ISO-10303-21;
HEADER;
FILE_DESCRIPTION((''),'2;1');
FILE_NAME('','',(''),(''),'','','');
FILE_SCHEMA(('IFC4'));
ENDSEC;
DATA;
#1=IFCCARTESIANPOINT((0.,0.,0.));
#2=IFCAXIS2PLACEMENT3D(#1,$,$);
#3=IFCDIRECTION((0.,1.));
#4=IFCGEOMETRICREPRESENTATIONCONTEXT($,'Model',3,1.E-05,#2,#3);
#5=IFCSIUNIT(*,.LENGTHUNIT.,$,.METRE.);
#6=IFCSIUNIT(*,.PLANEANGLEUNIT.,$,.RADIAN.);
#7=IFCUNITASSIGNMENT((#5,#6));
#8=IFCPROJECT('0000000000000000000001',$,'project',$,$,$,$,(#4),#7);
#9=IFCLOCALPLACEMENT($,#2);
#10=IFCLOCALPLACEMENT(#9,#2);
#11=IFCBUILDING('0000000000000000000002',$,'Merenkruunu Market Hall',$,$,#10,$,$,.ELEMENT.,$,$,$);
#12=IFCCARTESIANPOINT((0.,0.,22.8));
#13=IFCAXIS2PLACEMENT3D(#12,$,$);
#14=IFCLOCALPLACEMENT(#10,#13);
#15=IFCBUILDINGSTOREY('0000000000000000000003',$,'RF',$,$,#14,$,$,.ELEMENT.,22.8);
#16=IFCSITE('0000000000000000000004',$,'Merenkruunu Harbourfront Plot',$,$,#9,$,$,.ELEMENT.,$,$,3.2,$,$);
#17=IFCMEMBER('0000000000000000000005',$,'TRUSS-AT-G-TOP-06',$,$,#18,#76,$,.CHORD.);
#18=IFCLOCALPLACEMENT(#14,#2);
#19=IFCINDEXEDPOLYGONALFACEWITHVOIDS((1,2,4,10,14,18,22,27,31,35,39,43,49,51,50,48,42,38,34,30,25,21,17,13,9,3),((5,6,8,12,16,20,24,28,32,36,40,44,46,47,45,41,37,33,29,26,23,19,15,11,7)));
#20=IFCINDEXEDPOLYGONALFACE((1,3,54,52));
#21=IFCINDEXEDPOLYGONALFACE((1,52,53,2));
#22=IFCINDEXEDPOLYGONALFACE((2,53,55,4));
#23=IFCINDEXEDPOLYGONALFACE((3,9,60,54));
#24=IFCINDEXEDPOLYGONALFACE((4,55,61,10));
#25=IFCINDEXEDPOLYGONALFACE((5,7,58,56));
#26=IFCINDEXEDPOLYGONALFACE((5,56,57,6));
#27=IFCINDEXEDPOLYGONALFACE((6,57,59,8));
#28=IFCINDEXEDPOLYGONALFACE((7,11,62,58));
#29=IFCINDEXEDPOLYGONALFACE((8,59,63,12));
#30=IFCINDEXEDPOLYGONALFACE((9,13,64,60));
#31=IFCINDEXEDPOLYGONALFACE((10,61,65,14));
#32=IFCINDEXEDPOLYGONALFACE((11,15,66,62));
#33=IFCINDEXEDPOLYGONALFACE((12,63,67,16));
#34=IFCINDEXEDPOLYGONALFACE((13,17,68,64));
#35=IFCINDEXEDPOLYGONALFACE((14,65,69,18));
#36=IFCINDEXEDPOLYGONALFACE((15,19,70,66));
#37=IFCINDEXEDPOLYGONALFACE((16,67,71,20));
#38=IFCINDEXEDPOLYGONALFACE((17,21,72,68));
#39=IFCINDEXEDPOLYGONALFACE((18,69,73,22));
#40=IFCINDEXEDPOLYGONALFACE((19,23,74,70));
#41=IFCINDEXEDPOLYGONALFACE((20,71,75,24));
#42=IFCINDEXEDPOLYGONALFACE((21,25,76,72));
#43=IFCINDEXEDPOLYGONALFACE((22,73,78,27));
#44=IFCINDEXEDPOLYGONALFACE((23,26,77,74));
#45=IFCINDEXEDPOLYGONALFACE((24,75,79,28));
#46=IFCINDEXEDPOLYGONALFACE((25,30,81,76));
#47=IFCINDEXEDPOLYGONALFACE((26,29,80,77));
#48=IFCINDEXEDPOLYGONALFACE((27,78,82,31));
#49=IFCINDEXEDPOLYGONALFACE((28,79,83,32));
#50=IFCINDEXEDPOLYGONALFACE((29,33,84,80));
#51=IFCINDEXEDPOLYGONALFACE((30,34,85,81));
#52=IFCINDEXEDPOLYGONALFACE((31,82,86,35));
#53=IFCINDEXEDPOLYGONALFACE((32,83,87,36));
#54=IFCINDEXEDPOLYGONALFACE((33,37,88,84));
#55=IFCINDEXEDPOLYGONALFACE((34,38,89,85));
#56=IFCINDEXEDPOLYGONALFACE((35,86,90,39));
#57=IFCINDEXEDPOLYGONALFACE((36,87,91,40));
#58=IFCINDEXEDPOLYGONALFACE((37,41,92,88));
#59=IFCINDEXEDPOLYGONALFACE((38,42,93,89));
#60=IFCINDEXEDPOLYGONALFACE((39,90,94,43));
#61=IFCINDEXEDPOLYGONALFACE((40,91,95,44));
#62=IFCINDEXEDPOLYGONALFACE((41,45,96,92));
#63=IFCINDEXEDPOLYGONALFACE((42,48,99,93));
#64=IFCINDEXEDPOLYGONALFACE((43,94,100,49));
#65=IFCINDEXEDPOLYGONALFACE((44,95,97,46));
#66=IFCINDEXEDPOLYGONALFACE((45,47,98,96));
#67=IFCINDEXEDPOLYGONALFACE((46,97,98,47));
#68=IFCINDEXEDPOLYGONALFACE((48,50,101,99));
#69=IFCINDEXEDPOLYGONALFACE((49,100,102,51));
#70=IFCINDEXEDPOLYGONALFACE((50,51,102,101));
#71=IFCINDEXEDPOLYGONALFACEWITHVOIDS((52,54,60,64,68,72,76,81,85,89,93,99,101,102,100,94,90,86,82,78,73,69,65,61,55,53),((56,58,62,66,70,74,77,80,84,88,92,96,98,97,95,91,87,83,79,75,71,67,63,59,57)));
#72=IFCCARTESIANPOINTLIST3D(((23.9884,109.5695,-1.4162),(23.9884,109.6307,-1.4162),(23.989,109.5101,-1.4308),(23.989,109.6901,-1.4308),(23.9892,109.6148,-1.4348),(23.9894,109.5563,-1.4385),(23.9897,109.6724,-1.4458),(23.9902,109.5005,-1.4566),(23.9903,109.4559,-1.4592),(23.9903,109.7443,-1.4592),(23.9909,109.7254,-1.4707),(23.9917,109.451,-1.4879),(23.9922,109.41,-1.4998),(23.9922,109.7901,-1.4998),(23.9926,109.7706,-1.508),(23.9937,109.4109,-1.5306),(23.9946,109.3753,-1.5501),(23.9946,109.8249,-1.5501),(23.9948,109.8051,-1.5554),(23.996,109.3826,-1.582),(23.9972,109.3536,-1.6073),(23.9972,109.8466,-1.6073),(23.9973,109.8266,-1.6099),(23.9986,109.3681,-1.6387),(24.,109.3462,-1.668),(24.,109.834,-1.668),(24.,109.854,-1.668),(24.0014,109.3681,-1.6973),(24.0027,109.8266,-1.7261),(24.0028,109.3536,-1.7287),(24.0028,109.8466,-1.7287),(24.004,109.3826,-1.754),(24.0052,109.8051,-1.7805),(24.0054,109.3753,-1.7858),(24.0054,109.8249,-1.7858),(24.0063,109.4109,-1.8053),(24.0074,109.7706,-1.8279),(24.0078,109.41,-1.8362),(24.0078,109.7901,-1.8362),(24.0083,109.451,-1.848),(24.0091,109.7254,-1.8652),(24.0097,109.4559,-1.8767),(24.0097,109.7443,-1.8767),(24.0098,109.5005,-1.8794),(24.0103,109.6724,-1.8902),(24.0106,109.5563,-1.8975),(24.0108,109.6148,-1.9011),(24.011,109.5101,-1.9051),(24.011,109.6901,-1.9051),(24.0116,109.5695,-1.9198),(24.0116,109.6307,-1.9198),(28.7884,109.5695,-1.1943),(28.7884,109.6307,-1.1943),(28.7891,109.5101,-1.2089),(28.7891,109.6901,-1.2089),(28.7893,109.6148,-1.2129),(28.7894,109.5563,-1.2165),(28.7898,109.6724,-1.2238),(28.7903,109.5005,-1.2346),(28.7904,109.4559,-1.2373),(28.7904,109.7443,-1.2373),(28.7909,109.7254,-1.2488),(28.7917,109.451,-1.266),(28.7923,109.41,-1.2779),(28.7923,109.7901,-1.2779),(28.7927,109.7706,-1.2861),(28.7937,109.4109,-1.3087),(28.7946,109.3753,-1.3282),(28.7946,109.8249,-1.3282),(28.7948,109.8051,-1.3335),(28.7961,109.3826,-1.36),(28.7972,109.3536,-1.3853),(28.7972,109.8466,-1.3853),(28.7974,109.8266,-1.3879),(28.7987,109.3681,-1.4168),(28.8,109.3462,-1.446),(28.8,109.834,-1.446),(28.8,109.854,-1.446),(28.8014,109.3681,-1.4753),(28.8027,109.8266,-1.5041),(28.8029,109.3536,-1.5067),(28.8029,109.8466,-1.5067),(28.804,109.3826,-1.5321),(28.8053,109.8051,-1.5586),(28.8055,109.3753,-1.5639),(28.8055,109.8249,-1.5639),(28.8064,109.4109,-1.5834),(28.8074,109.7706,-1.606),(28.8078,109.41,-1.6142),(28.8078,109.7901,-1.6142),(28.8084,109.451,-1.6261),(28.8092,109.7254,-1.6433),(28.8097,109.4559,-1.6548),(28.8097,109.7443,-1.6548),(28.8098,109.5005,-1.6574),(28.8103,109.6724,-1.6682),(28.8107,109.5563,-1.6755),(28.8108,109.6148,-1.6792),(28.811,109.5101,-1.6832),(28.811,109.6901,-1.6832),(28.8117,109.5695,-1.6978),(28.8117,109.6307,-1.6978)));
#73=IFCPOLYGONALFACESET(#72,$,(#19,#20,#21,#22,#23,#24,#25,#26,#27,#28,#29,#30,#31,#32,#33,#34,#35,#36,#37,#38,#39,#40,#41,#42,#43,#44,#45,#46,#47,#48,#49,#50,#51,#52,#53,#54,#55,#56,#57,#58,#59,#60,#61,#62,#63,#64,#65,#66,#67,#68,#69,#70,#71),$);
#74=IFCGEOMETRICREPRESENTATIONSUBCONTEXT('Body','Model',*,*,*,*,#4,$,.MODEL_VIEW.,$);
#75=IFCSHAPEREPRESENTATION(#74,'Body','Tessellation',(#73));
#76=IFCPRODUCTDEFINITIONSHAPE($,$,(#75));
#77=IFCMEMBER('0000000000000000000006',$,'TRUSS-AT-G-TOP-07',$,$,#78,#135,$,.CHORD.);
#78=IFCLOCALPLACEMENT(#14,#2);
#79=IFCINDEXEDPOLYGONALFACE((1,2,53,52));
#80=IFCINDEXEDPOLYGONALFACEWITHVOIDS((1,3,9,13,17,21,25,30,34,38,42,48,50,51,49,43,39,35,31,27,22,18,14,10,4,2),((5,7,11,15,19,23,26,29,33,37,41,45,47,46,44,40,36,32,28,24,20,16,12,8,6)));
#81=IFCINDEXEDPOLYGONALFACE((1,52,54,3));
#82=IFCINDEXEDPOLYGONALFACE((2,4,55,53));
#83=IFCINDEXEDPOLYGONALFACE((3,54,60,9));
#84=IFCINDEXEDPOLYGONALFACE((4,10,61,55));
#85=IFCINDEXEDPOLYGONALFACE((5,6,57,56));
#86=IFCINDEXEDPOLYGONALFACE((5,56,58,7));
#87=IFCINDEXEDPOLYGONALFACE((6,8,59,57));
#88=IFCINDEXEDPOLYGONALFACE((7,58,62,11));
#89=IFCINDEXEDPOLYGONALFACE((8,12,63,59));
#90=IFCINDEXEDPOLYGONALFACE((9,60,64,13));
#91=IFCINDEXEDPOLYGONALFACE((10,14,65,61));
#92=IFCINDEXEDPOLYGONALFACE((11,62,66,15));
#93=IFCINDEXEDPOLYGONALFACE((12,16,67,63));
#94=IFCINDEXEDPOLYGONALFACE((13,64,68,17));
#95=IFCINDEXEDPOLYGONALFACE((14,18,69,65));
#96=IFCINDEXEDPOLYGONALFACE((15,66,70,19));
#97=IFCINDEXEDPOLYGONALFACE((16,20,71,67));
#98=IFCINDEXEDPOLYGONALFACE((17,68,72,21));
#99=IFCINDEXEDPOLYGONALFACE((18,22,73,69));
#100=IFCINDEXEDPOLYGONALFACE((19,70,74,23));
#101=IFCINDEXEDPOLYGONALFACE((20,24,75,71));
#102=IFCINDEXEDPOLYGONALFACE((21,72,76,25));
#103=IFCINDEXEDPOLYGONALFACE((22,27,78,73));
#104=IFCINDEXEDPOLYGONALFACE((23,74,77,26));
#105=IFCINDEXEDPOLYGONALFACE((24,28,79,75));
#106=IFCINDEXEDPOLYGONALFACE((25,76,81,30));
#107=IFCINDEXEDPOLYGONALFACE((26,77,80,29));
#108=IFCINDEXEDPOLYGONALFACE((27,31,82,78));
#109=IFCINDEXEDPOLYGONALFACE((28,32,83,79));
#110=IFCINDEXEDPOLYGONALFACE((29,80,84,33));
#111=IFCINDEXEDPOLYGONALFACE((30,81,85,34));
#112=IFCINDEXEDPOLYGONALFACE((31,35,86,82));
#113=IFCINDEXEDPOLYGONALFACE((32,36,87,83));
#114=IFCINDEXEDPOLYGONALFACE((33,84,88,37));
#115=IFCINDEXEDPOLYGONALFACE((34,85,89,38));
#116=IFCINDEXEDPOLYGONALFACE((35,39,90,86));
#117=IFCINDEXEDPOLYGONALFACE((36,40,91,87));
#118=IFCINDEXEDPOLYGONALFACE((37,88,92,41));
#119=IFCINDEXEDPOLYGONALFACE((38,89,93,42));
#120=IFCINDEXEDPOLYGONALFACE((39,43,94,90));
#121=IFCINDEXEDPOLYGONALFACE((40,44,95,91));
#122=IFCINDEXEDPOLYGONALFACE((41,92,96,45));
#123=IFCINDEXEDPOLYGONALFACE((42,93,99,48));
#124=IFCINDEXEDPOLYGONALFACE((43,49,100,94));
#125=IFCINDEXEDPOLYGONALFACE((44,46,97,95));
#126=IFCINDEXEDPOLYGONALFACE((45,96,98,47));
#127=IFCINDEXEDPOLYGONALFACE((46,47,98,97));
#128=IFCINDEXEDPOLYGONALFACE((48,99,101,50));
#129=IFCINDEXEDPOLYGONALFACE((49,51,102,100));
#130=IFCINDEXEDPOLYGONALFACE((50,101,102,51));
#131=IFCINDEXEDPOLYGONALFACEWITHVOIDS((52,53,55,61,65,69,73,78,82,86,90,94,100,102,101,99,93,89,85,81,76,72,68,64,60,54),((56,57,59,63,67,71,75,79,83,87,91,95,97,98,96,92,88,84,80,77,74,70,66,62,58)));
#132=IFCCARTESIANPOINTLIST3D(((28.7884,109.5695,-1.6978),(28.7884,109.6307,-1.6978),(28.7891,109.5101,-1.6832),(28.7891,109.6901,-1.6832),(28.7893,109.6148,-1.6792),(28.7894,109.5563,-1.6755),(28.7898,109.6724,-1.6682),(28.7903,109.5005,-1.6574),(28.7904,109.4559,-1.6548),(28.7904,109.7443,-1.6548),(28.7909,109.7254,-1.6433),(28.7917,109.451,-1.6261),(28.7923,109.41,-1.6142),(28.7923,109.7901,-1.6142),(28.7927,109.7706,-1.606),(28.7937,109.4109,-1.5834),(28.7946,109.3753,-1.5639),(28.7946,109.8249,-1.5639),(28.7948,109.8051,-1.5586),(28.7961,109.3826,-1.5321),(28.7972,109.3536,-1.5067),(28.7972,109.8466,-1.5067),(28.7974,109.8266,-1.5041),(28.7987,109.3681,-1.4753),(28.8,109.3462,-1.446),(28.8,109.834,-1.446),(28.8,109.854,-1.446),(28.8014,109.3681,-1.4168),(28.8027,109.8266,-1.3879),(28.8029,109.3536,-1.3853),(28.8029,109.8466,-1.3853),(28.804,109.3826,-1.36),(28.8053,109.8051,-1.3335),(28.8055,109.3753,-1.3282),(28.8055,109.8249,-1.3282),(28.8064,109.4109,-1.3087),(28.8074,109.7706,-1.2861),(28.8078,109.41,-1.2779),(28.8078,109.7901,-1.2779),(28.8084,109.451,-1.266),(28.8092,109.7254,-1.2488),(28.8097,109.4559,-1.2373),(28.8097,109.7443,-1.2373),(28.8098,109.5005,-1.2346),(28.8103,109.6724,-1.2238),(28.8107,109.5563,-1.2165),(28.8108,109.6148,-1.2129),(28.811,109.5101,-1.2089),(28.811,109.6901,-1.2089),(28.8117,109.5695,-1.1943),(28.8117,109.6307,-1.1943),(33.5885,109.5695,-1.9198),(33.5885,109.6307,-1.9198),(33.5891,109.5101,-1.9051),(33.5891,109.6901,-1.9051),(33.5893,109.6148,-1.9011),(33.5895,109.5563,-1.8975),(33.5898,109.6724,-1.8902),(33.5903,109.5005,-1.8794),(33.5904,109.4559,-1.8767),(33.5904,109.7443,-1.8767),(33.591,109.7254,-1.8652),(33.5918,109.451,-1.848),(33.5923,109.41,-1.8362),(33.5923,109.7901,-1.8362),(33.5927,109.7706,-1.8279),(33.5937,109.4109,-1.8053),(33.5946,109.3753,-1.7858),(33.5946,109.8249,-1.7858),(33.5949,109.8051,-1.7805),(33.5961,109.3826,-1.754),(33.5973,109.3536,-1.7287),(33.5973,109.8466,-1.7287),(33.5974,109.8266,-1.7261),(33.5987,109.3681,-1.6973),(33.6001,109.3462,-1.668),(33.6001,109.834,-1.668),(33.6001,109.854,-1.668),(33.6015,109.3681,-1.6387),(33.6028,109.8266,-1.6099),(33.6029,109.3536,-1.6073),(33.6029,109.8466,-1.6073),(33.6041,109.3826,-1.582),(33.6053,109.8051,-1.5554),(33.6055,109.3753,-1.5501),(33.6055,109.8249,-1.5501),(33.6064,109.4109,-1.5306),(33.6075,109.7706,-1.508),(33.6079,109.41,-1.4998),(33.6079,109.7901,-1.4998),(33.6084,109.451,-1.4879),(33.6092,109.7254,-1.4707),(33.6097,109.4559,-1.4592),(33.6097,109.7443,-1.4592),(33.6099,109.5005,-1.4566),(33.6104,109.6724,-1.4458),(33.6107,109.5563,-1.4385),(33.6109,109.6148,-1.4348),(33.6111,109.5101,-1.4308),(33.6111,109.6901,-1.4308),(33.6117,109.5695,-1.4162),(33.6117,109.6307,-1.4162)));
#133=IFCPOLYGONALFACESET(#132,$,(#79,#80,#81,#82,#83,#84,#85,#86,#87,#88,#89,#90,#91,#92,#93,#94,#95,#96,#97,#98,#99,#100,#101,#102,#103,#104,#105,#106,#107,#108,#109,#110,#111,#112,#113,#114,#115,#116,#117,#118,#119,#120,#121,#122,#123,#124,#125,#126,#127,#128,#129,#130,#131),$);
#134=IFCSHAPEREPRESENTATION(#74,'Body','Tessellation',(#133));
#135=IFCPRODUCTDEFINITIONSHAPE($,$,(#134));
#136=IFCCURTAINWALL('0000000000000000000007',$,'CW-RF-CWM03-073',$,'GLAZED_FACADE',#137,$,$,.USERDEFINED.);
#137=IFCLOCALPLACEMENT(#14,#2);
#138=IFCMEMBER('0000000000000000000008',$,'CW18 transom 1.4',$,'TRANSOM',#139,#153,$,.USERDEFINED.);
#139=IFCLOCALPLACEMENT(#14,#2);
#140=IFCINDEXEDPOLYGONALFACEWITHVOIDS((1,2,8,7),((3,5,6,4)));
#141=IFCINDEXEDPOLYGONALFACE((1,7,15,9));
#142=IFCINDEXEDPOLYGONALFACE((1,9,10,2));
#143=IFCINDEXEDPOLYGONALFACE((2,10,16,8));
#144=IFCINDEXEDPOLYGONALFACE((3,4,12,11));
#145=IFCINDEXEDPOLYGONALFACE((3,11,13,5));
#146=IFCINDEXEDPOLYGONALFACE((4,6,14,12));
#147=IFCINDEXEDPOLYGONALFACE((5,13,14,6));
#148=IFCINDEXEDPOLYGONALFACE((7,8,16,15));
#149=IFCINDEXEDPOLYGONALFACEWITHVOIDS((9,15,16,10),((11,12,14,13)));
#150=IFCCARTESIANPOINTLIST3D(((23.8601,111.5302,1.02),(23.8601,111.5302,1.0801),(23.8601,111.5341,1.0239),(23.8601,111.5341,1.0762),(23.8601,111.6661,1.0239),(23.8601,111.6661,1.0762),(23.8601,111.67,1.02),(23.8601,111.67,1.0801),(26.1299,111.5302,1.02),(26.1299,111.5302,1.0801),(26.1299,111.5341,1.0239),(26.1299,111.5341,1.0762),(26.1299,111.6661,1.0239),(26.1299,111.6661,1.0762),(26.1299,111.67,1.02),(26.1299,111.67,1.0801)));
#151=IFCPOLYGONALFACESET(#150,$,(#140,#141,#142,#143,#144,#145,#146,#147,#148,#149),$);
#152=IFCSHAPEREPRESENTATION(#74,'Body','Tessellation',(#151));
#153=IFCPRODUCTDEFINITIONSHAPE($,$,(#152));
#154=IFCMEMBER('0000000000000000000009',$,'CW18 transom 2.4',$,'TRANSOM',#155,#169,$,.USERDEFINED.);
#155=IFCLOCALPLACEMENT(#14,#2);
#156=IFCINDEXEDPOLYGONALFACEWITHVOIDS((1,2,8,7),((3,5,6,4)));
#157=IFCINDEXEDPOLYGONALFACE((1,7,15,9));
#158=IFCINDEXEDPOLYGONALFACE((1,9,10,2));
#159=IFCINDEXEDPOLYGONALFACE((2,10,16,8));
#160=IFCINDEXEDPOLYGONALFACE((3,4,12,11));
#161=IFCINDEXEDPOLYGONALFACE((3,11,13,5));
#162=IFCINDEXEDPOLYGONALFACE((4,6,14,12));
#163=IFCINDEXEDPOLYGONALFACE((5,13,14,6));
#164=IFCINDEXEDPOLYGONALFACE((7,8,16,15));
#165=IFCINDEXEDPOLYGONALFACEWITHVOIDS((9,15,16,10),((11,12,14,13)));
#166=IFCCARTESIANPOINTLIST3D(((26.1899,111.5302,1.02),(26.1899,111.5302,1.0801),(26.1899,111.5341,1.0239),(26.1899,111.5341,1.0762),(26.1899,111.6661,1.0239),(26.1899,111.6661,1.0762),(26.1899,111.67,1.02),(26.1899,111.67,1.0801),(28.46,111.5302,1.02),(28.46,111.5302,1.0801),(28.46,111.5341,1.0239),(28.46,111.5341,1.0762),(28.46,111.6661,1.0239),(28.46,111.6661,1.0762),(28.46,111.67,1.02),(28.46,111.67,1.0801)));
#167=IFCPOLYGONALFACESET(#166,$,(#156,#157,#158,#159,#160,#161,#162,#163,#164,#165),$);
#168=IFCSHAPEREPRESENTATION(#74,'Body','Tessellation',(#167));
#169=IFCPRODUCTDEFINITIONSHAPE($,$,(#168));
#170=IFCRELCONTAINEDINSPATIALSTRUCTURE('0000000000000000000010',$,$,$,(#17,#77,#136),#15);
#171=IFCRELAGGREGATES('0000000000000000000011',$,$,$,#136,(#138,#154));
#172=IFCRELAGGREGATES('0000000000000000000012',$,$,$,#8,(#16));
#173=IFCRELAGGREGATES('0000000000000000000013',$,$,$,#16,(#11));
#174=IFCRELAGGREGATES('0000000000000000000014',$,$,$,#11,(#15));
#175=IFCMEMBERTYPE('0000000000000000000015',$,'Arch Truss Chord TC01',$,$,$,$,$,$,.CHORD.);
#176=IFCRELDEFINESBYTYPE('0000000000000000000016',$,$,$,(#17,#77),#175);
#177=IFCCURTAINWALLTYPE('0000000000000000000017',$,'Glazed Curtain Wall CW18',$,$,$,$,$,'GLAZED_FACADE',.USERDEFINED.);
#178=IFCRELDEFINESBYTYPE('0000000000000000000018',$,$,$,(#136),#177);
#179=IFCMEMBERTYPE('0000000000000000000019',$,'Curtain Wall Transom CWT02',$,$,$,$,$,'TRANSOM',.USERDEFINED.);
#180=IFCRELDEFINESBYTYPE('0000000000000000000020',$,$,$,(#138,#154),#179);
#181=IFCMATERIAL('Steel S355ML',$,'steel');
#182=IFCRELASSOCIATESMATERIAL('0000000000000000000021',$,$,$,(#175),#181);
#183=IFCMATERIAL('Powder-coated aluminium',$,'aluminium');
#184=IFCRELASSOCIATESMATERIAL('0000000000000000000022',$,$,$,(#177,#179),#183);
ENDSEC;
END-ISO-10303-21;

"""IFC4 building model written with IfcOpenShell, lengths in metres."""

from ifc_helpers import new_model, si_unit, direction, frame, origin, origin_2d, place, context, subcontext, project, spatial, hollow_rectangle, hollow_circle, extrude, material, material_profile, profile_set, type_object, element, aggregate, save


model = new_model("IFC4")

# Units and contexts
model_context = context("Model", 3, precision=1e-05, world=origin(), true_north=direction((0.0, 1.0)))
body_context = subcontext(model_context, "Body", "Model", "MODEL_VIEW")
ifc_project = project(units=[si_unit("LENGTHUNIT", "METRE"), si_unit("PLANEANGLEUNIT", "RADIAN")], contexts=[model_context])

# Site, building, storey
site_placement = place(None, origin())
site = spatial("IfcSite", under=ifc_project, at=site_placement, Name="Merenkruunu Harbourfront Plot", CompositionType="ELEMENT", RefElevation=3.2)
building_placement = place(site_placement, origin())
building = spatial("IfcBuilding", under=site, at=building_placement, Name="Merenkruunu Market Hall", CompositionType="ELEMENT")
storey_placement = place(building_placement, frame((0.0, 0.0, 22.8)))
storey = spatial("IfcBuildingStorey", under=building, at=storey_placement, Name="RF", CompositionType="ELEMENT", Elevation=22.8)

# Members
ifc_material_1 = material(Name="Steel S355ML", Category="steel")
ifc_material_profile_1 = material_profile(ifc_material_1, hollow_circle(Radius=0.2539, WallThickness=0.02, at=origin_2d()), Name="CHS 508x20")
ifc_profile_set_1 = profile_set([ifc_material_profile_1], Name="Steel S355ML")
member_type_1 = type_object("IfcMemberType", Name="Arch Truss Chord TC01", PredefinedType="CHORD", material=ifc_profile_set_1)
for number, where, z_axis, x_axis, name in (
    (1, (24.0, 109.6001, -1.668), (0.998933, 0.0, 0.046184), (0.0, 1.0, 0.0), "TRUSS-AT-G-TOP-06"),
    (2, (28.8, 109.6001, -1.446), (0.998933, 0.0, -0.046184), (0.0, 1.0, 0.0), "TRUSS-AT-G-TOP-07"),
):
    element("IfcMember", number, at=place(storey_placement, frame(where, z_axis=z_axis, x_axis=x_axis)), inside=storey, type_object=member_type_1, Name=name, PredefinedType="CHORD", context=body_context, shape_type="SweptSolid", body=[
        extrude(hollow_circle(Radius=0.2539, WallThickness=0.02, at=origin_2d()), origin(), (0.0, 0.0, 1.0), 4.8052),
    ])

# Curtain wall, members
ifc_material_2 = material(Name="Powder-coated aluminium", Category="aluminium")
curtain_wall_type = type_object("IfcCurtainWallType", Name="Glazed Curtain Wall CW18", ElementType="GLAZED_FACADE", PredefinedType="USERDEFINED", material=ifc_material_2)
curtain_wall_placement = place(storey_placement, origin())
curtain_wall = element("IfcCurtainWall", 3, at=curtain_wall_placement, inside=storey, type_object=curtain_wall_type, Name="CW-RF-CWM03-073", ObjectType="GLAZED_FACADE", PredefinedType="USERDEFINED")
ifc_material_profile_2 = material_profile(ifc_material_2, hollow_rectangle(XDim=0.0601, YDim=0.1399, WallThickness=0.0039, at=origin_2d()), Name="ALU 60x140x4")
ifc_profile_set_2 = profile_set([ifc_material_profile_2], Name="Powder-coated aluminium")
member_type_2 = type_object("IfcMemberType", Name="Curtain Wall Transom CWT02", ElementType="TRANSOM", PredefinedType="USERDEFINED", material=ifc_profile_set_2)
member_1_placement = place(storey_placement, frame((23.8601, 111.6001, 1.05), z_axis=(1.0, 0.0, 0.0), x_axis=(0.0, 0.0, 1.0)))
member_1 = element("IfcMember", 4, at=member_1_placement, type_object=member_type_2, Name="CW18 transom 1.4", ObjectType="TRANSOM", PredefinedType="USERDEFINED", context=body_context, shape_type="SweptSolid", body=[
    extrude(hollow_rectangle(XDim=0.0601, YDim=0.1399, WallThickness=0.0039, at=origin_2d()), origin(), (0.0, 0.0, 1.0), 2.2698),
])
member_2_placement = place(storey_placement, frame((26.1899, 111.6001, 1.05), z_axis=(1.0, 0.0, 0.0), x_axis=(0.0, 0.0, 1.0)))
member_2 = element("IfcMember", 5, at=member_2_placement, type_object=member_type_2, Name="CW18 transom 2.4", ObjectType="TRANSOM", PredefinedType="USERDEFINED", context=body_context, shape_type="SweptSolid", body=[
    extrude(hollow_rectangle(XDim=0.0601, YDim=0.1399, WallThickness=0.0039, at=origin_2d()), origin(), (0.0, 0.0, 1.0), 2.27),
])

aggregate(curtain_wall, [member_1, member_2])

save(model, "model.ifc")
